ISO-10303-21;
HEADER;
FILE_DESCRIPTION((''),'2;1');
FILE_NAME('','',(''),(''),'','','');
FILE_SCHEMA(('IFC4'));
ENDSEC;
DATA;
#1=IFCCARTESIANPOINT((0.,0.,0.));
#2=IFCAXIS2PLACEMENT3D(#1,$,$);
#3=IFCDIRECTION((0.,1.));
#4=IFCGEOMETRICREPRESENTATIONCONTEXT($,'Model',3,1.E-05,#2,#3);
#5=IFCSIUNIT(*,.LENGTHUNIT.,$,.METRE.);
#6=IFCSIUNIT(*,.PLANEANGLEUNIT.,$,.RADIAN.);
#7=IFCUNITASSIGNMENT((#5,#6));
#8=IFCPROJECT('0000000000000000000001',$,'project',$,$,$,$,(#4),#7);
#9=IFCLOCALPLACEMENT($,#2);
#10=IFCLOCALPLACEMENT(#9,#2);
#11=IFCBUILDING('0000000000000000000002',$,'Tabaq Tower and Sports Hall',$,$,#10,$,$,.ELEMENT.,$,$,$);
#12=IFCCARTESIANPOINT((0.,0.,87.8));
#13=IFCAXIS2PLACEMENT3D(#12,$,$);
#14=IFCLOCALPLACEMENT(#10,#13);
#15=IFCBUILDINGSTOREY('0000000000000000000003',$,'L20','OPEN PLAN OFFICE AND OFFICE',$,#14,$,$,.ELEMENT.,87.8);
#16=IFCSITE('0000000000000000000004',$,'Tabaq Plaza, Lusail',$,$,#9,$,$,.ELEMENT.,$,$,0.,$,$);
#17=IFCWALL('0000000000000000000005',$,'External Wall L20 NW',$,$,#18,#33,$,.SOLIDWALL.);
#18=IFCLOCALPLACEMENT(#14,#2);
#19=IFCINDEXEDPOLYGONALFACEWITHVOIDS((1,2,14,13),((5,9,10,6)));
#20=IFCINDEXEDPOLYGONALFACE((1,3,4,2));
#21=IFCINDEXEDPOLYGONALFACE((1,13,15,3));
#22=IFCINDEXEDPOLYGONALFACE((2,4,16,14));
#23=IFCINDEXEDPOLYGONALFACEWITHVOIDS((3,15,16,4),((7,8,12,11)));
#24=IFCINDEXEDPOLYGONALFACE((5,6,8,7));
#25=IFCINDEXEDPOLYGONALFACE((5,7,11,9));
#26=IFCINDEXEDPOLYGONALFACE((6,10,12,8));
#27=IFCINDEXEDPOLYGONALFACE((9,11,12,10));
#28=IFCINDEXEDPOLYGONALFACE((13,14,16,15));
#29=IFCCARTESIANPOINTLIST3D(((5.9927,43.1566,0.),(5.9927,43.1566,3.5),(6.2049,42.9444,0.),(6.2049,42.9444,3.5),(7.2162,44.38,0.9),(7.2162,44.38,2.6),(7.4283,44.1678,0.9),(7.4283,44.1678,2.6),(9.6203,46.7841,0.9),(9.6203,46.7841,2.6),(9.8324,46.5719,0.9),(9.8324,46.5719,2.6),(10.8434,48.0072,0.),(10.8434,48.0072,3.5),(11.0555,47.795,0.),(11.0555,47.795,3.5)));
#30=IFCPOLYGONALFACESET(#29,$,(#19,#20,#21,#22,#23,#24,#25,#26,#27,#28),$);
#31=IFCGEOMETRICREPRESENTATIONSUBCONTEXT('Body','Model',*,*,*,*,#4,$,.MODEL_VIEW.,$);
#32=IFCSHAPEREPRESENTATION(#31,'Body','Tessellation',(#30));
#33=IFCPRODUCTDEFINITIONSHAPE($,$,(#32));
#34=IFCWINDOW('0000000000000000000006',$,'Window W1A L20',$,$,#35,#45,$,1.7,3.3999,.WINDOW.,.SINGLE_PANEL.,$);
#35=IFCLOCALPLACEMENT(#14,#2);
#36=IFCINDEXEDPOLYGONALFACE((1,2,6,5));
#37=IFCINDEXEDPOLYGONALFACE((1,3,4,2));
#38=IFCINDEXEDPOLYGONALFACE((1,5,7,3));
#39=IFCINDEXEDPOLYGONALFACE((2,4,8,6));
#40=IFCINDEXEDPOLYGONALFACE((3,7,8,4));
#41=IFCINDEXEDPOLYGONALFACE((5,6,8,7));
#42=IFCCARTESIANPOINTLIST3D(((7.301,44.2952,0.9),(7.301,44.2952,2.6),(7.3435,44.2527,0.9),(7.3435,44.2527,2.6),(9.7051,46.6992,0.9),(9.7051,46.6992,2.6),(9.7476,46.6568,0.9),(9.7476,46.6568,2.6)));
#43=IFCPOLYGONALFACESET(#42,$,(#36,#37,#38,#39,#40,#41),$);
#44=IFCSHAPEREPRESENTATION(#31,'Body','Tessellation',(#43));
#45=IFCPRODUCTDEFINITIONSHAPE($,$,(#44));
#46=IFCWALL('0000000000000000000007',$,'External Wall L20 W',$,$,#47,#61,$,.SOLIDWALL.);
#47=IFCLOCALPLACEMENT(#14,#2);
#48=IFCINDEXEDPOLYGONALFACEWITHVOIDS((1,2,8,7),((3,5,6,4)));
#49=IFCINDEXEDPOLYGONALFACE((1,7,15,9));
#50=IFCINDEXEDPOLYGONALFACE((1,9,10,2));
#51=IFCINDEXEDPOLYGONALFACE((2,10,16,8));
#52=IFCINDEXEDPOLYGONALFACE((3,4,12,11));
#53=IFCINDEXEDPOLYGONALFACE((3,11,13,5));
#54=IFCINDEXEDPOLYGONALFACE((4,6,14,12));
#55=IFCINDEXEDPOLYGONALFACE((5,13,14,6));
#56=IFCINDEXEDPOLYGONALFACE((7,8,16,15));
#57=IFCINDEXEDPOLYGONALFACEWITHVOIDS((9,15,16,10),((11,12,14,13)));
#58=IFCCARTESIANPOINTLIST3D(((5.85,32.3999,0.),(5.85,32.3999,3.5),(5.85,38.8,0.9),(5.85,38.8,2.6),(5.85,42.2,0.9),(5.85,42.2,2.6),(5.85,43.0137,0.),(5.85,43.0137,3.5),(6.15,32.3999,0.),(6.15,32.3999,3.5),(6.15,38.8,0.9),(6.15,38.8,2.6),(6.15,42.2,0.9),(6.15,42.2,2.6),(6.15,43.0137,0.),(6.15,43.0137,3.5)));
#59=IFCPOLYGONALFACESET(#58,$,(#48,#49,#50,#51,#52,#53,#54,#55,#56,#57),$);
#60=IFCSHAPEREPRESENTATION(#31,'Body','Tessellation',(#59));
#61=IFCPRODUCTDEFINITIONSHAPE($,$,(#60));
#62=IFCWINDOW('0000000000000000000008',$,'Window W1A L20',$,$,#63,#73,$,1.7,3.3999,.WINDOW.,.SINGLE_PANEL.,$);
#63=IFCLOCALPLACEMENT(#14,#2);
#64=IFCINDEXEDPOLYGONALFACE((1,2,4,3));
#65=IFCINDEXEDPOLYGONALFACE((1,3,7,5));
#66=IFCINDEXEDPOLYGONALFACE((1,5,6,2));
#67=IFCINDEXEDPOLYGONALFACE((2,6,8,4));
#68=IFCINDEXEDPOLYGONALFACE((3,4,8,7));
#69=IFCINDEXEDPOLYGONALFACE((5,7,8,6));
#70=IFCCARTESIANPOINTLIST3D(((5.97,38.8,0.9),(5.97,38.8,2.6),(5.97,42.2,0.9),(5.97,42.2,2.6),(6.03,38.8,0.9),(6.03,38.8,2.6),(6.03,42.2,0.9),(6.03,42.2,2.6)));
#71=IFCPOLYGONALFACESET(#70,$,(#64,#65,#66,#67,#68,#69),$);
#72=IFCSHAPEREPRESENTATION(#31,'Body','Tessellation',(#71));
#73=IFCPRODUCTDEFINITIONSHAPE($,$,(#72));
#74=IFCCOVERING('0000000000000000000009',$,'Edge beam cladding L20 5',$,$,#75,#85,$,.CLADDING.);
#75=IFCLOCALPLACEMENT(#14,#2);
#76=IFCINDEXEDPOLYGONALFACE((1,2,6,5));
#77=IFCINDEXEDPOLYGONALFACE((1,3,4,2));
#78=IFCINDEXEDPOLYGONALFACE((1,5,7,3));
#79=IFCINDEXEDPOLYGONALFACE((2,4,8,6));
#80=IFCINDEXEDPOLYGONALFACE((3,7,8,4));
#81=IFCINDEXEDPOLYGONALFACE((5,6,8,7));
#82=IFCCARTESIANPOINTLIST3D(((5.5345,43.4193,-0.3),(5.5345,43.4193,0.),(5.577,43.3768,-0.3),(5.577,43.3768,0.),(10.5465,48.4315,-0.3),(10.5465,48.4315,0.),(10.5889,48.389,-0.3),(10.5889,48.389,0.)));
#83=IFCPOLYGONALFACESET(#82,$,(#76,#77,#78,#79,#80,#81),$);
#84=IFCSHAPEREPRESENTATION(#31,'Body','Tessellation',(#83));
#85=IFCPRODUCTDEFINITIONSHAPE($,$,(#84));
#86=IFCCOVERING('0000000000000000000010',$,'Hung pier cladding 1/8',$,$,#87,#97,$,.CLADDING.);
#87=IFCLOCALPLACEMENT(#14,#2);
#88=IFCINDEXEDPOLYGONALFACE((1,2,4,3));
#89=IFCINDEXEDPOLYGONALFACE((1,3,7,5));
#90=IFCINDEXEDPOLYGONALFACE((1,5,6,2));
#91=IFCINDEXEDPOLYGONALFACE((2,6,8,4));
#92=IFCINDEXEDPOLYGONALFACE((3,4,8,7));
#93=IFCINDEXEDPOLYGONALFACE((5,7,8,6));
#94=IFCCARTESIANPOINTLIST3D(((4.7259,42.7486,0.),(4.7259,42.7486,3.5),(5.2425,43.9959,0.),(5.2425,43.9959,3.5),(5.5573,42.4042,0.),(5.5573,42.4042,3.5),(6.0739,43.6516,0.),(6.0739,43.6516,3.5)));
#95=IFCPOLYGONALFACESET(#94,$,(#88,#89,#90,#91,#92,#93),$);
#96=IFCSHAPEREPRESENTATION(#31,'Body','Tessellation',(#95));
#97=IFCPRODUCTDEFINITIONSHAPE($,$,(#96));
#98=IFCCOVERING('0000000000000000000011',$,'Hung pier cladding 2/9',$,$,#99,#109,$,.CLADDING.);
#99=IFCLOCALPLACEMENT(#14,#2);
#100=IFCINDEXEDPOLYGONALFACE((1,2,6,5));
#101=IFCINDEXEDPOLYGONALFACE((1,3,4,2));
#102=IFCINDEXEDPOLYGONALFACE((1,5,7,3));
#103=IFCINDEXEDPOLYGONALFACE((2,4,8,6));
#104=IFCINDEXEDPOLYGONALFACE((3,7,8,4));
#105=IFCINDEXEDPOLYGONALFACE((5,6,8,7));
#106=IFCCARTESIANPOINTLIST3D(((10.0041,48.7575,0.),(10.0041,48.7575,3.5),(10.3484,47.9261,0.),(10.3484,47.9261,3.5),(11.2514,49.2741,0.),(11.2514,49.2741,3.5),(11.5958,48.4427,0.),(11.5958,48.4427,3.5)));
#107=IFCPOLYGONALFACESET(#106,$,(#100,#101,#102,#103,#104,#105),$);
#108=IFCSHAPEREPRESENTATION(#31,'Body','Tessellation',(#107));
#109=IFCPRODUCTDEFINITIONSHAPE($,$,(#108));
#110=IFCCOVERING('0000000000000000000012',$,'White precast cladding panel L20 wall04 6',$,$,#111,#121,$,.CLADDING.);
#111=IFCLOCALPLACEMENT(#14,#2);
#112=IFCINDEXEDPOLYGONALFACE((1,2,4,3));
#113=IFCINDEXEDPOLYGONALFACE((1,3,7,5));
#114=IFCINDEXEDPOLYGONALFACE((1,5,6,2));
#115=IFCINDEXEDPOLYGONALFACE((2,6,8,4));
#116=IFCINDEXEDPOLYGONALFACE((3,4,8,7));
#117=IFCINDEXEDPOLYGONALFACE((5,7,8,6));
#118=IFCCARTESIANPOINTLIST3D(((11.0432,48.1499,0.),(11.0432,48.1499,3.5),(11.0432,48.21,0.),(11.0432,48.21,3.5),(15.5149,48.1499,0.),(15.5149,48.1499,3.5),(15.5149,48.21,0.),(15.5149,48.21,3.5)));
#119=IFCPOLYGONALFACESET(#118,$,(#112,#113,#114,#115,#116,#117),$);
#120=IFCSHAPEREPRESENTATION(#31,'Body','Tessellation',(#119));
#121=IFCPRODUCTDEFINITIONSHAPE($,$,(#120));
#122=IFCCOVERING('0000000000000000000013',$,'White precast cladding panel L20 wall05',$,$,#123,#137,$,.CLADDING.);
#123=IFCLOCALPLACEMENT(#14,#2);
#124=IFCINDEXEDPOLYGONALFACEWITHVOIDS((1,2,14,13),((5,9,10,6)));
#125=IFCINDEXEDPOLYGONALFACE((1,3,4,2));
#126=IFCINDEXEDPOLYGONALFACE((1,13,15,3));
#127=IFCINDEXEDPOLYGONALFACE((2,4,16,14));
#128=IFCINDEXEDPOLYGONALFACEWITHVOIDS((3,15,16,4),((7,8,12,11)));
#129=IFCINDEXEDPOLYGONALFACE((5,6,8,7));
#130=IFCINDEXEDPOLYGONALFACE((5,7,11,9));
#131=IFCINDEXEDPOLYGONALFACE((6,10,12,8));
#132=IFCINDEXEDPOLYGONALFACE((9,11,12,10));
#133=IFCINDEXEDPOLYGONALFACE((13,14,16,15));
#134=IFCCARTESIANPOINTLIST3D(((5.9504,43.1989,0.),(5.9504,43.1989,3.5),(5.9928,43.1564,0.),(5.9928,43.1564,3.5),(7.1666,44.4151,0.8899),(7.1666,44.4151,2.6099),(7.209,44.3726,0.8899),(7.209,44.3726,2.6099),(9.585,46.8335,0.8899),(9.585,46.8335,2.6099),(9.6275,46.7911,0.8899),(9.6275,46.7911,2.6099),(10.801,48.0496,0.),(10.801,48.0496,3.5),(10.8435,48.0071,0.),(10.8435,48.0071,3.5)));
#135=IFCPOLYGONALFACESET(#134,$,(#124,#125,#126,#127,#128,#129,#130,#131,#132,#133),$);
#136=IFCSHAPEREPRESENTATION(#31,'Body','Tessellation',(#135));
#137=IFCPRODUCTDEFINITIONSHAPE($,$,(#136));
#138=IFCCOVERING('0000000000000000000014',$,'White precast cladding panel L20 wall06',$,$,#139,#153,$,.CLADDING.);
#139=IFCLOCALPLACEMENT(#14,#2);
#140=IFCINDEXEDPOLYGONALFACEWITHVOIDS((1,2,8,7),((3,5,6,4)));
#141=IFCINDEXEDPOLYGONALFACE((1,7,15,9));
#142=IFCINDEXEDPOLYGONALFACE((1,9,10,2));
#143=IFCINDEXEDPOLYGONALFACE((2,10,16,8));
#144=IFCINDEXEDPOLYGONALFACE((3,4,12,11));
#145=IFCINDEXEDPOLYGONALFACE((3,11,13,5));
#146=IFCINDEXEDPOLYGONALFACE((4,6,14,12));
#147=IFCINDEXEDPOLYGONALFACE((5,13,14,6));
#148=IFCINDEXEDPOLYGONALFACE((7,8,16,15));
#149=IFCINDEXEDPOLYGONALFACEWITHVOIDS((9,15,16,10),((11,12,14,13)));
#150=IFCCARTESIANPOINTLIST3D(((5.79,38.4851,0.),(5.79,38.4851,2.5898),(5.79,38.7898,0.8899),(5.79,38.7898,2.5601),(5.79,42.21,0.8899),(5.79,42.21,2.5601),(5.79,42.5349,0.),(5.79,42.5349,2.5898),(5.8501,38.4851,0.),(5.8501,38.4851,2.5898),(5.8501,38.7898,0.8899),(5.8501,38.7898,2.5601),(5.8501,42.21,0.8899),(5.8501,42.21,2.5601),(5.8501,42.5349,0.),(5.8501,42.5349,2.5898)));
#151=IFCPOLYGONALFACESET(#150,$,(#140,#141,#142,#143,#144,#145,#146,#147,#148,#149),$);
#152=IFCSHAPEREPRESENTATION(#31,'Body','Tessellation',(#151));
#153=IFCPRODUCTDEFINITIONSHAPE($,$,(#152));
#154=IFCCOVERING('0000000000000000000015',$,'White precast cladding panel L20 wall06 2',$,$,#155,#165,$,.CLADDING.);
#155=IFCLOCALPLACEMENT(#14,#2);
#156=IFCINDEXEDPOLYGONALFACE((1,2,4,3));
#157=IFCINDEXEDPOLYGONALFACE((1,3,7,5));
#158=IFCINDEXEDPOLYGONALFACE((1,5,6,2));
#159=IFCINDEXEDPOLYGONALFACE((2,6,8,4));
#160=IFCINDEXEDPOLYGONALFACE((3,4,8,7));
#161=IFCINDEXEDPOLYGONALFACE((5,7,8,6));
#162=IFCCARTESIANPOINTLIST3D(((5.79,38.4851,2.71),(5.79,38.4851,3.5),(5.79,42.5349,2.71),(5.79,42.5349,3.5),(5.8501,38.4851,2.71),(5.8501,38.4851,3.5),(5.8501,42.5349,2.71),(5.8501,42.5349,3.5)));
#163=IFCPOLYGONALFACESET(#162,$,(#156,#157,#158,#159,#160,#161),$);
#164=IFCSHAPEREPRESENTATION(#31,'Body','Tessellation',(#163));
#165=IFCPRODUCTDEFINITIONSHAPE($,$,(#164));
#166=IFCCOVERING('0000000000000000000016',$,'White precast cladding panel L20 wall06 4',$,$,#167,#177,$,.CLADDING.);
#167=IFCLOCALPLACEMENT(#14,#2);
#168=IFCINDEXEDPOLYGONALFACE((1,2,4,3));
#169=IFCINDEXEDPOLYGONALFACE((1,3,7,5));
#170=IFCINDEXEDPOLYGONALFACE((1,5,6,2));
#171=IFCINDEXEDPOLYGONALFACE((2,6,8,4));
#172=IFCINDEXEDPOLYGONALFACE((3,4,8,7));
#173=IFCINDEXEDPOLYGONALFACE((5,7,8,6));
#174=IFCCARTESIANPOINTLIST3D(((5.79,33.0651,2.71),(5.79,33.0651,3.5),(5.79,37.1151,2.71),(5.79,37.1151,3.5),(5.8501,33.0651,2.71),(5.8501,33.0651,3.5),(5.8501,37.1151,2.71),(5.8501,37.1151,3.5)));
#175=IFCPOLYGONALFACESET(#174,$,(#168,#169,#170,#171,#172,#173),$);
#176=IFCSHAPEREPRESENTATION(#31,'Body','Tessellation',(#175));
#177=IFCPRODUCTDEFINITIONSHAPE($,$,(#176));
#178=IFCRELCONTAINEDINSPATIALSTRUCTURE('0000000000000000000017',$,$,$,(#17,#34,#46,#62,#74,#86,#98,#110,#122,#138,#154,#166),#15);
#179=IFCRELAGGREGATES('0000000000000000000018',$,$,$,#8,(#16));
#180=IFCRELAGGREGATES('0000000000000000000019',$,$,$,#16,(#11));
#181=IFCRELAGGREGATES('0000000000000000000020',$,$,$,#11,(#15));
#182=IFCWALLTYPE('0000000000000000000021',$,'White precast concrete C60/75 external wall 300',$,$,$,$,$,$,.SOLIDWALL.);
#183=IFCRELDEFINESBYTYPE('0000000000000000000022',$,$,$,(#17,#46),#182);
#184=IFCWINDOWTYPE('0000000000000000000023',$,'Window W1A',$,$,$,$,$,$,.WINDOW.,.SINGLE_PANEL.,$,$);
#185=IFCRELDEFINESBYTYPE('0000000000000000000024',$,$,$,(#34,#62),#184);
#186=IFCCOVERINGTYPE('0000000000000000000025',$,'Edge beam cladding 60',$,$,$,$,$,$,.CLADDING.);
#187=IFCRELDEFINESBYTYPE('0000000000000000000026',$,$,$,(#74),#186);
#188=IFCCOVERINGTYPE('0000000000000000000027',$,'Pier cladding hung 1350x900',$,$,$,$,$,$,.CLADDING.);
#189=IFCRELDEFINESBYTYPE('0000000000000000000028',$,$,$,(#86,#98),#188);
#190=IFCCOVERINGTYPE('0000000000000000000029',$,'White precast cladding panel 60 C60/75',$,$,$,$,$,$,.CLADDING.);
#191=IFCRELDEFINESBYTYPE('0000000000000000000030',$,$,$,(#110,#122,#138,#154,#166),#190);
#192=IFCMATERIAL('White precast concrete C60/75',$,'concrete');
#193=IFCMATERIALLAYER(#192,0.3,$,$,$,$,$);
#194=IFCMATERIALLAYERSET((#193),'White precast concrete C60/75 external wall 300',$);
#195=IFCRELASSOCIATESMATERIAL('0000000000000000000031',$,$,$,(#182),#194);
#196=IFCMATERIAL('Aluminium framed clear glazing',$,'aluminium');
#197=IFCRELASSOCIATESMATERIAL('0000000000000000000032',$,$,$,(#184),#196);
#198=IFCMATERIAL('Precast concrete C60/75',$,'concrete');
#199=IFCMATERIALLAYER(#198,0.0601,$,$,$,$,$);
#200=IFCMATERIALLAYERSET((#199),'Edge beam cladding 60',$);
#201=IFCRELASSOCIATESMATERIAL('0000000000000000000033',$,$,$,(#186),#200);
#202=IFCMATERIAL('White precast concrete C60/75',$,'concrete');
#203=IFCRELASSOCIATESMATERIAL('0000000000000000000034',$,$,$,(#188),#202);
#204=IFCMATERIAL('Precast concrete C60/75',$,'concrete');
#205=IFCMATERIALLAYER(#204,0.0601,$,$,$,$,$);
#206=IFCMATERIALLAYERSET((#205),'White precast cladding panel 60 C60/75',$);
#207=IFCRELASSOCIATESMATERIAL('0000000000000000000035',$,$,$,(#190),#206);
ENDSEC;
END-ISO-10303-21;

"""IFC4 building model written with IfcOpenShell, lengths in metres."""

from ifc_helpers import new_model, si_unit, direction, frame, frame_2d, origin, place, context, subcontext, project, spatial, polyline, rectangle, outline, extrude, material, layer, layer_set, type_object, element, fill, save


model = new_model("IFC4")

# Units and contexts
model_context = context("Model", 3, precision=1e-05, world=origin(), true_north=direction((0.0, 1.0)))
body_context = subcontext(model_context, "Body", "Model", "MODEL_VIEW")
ifc_project = project(units=[si_unit("LENGTHUNIT", "METRE"), si_unit("PLANEANGLEUNIT", "RADIAN")], contexts=[model_context])

# Site, building, storey
site_placement = place(None, origin())
site = spatial("IfcSite", under=ifc_project, at=site_placement, Name="Tabaq Plaza, Lusail", CompositionType="ELEMENT", RefElevation=0.0)
building_placement = place(site_placement, origin())
building = spatial("IfcBuilding", under=site, at=building_placement, Name="Tabaq Tower and Sports Hall", CompositionType="ELEMENT")
storey_placement = place(building_placement, frame((0.0, 0.0, 87.8)))
storey = spatial("IfcBuildingStorey", under=building, at=storey_placement, Name="L20", Description="OPEN PLAN OFFICE AND OFFICE", CompositionType="ELEMENT", Elevation=87.8)

# Walls, openings, windows
ifc_material_1 = material(Name="White precast concrete C60/75", Category="concrete")
ifc_layer_1 = layer(ifc_material_1, 0.3)
ifc_layer_set_1 = layer_set([ifc_layer_1], Name="White precast concrete C60/75 external wall 300")
wall_type_1 = type_object("IfcWallType", Name="White precast concrete C60/75 external wall 300", PredefinedType="SOLIDWALL", material=ifc_layer_set_1)
wall_1_placement = place(storey_placement, frame((10.9495, 47.9011, 0.0), z_axis=(0.0, 0.0, 1.0), x_axis=(-0.707107, -0.707107, 0.0)))
wall_1 = element("IfcWall", 1, at=wall_1_placement, inside=storey, type_object=wall_type_1, Name="External Wall L20 NW", PredefinedType="SOLIDWALL", context=body_context, shape_type="SweptSolid", body=[
    extrude(rectangle(XDim=6.8599, YDim=0.3, at=frame_2d((3.4299, 0.0))), origin(), (0.0, 0.0, 1.0), 3.5),
])
opening_1_placement = place(wall_1_placement, frame((1.7297, 0.0, 0.8999)))
opening_1 = element("IfcOpeningElement", 2, at=opening_1_placement, cuts=wall_1, PredefinedType="OPENING", context=body_context, shape_type="SweptSolid", body=[
    extrude(rectangle(XDim=3.3999, YDim=1.7, at=frame_2d((1.7, 0.8501))), frame((0.0, 0.1602, 0.0), z_axis=(0.0, -1.0, 0.0), x_axis=(1.0, 0.0, 0.0)), (0.0, 0.0, 1.0), 0.3201),
])
ifc_material_2 = material(Name="Aluminium framed clear glazing", Category="aluminium")
window_type = type_object("IfcWindowType", Name="Window W1A", PartitioningType="SINGLE_PANEL", PredefinedType="WINDOW", material=ifc_material_2)
window_1_placement = place(opening_1_placement, origin())
window_1 = element("IfcWindow", 3, at=window_1_placement, inside=storey, type_object=window_type, Name="Window W1A L20", OverallHeight=1.7, OverallWidth=3.3999, PartitioningType="SINGLE_PANEL", PredefinedType="WINDOW", context=body_context, shape_type="SweptSolid", body=[
    extrude(rectangle(XDim=3.3999, YDim=1.7, at=frame_2d((1.7, 0.8501))), frame((0.0, 0.03, 0.0), z_axis=(0.0, -1.0, 0.0), x_axis=(1.0, 0.0, 0.0)), (0.0, 0.0, 1.0), 0.0601),
])
fill(opening_1, window_1)
wall_2_placement = place(storey_placement, frame((6.0, 43.0137, 0.0), z_axis=(0.0, 0.0, 1.0), x_axis=(0.0, -1.0, 0.0)))
wall_2 = element("IfcWall", 4, at=wall_2_placement, inside=storey, type_object=wall_type_1, Name="External Wall L20 W", PredefinedType="SOLIDWALL", context=body_context, shape_type="SweptSolid", body=[
    extrude(rectangle(XDim=10.6138, YDim=0.3, at=frame_2d((5.3069, 0.0))), origin(), (0.0, 0.0, 1.0), 3.5),
])
opening_2_placement = place(wall_2_placement, frame((0.8137, 0.0, 0.8999)))
opening_2 = element("IfcOpeningElement", 5, at=opening_2_placement, cuts=wall_2, PredefinedType="OPENING", context=body_context, shape_type="SweptSolid", body=[
    extrude(rectangle(XDim=3.3999, YDim=1.7, at=frame_2d((1.7, 0.8501))), frame((0.0, 0.1602, 0.0), z_axis=(0.0, -1.0, 0.0), x_axis=(1.0, 0.0, 0.0)), (0.0, 0.0, 1.0), 0.3201),
])
window_2_placement = place(opening_2_placement, origin())
window_2 = element("IfcWindow", 6, at=window_2_placement, inside=storey, type_object=window_type, Name="Window W1A L20", OverallHeight=1.7, OverallWidth=3.3999, PartitioningType="SINGLE_PANEL", PredefinedType="WINDOW", context=body_context, shape_type="SweptSolid", body=[
    extrude(rectangle(XDim=3.3999, YDim=1.7, at=frame_2d((1.7, 0.8501))), frame((0.0, 0.03, 0.0), z_axis=(0.0, -1.0, 0.0), x_axis=(1.0, 0.0, 0.0)), (0.0, 0.0, 1.0), 0.0601),
])
fill(opening_2, window_2)

# Coverings
ifc_material_3 = material(Name="Precast concrete C60/75", Category="concrete")
ifc_layer_2 = layer(ifc_material_3, 0.0601)
ifc_layer_set_2 = layer_set([ifc_layer_2], Name="Edge beam cladding 60")
covering_type_1 = type_object("IfcCoveringType", Name="Edge beam cladding 60", PredefinedType="CLADDING", material=ifc_layer_set_2)
covering_1_placement = place(storey_placement, frame((10.5676, 48.4102, -0.3), z_axis=(0.0, 0.0, 1.0), x_axis=(-0.70709, -0.707124, 0.0)))
element("IfcCovering", 7, at=covering_1_placement, inside=storey, type_object=covering_type_1, Name="Edge beam cladding L20 5", PredefinedType="CLADDING", context=body_context, shape_type="SweptSolid", body=[
    extrude(rectangle(XDim=7.0881, YDim=0.0601, at=frame_2d((3.5439, 0.0))), origin(), (0.0, 0.0, 1.0), 0.3),
])
ifc_material_4 = material(Name="White precast concrete C60/75", Category="concrete")
covering_type_2 = type_object("IfcCoveringType", Name="Pier cladding hung 1350x900", PredefinedType="CLADDING", material=ifc_material_4)
for number, where, z_axis, x_axis, name in (
    (8, (5.6582, 43.8237, 0.0), (0.0, 0.0, 1.0), (-0.38265, -0.923893, 0.0), "Hung pier cladding 1/8"),
    (9, (11.4236, 48.8584, 0.0), (0.0, 0.0, 1.0), (-0.923893, -0.38265, 0.0), "Hung pier cladding 2/9"),
):
    element("IfcCovering", number, at=place(storey_placement, frame(where, z_axis=z_axis, x_axis=x_axis)), inside=storey, type_object=covering_type_2, Name=name, PredefinedType="CLADDING", context=body_context, shape_type="SweptSolid", body=[
        extrude(rectangle(XDim=1.3501, YDim=0.8999, at=frame_2d((0.675, 0.0))), origin(), (0.0, 0.0, 1.0), 3.5),
    ])
ifc_material_5 = material(Name="Precast concrete C60/75", Category="concrete")
ifc_layer_3 = layer(ifc_material_5, 0.0601)
ifc_layer_set_3 = layer_set([ifc_layer_3], Name="White precast cladding panel 60 C60/75")
covering_type_3 = type_object("IfcCoveringType", Name="White precast cladding panel 60 C60/75", PredefinedType="CLADDING", material=ifc_layer_set_3)
covering_2_placement = place(storey_placement, frame((15.5149, 48.1799, 0.0), z_axis=(0.0, 0.0, 1.0), x_axis=(-1.0, 0.0, 0.0)))
element("IfcCovering", 10, at=covering_2_placement, inside=storey, type_object=covering_type_3, Name="White precast cladding panel L20 wall04 6", PredefinedType="CLADDING", context=body_context, shape_type="SweptSolid", body=[
    extrude(rectangle(XDim=4.4717, YDim=0.0601, at=frame_2d((2.2358, 0.0))), origin(), (0.0, 0.0, 1.0), 3.5),
])
covering_3_placement = place(storey_placement, frame((10.8223, 48.0283, 0.0), z_axis=(0.0, 0.0, 1.0), x_axis=(-0.707107, -0.707107, 0.0)))
element("IfcCovering", 11, at=covering_3_placement, inside=storey, type_object=covering_type_3, Name="White precast cladding panel L20 wall05", PredefinedType="CLADDING", context=body_context, shape_type="SweptSolid", body=[
    extrude(outline(polyline([(0.0, 0.0), (6.8599, 0.0), (6.8599, 3.5), (0.0, 3.5), (0.0, 0.0)]), holes=[polyline([(1.7197, 0.8899), (1.7197, 2.6099), (5.1399, 2.6099), (5.1399, 0.8899), (1.7197, 0.8899)])]), frame((0.0, 0.03, 0.0), z_axis=(0.0, -1.0, 0.0), x_axis=(1.0, 0.0, 0.0)), (0.0, 0.0, 1.0), 0.0601),
])
covering_4_placement = place(storey_placement, frame((5.8201, 42.5349, 0.0), z_axis=(0.0, 0.0, 1.0), x_axis=(0.0, -1.0, 0.0)))
element("IfcCovering", 12, at=covering_4_placement, inside=storey, type_object=covering_type_3, Name="White precast cladding panel L20 wall06", PredefinedType="CLADDING", context=body_context, shape_type="SweptSolid", body=[
    extrude(outline(polyline([(0.0, 0.0), (4.0498, 0.0), (4.0498, 2.5898), (0.0, 2.5898), (0.0, 0.0)]), holes=[polyline([(3.7451, 0.8899), (0.325, 0.8899), (0.325, 2.5601), (3.7451, 2.5601), (3.7451, 0.8899)])]), frame((0.0, 0.03, 0.0), z_axis=(0.0, -1.0, 0.0), x_axis=(1.0, 0.0, 0.0)), (0.0, 0.0, 1.0), 0.0601),
])
covering_5_placement = place(storey_placement, frame((5.8201, 42.5349, 2.71), z_axis=(0.0, 0.0, 1.0), x_axis=(0.0, -1.0, 0.0)))
element("IfcCovering", 13, at=covering_5_placement, inside=storey, type_object=covering_type_3, Name="White precast cladding panel L20 wall06 2", PredefinedType="CLADDING", context=body_context, shape_type="SweptSolid", body=[
    extrude(rectangle(XDim=4.0498, YDim=0.0601, at=frame_2d((2.0249, 0.0))), origin(), (0.0, 0.0, 1.0), 0.79),
])
covering_6_placement = place(storey_placement, frame((5.8201, 37.115, 2.71), z_axis=(0.0, 0.0, 1.0), x_axis=(0.0, -1.0, 0.0)))
element("IfcCovering", 14, at=covering_6_placement, inside=storey, type_object=covering_type_3, Name="White precast cladding panel L20 wall06 4", PredefinedType="CLADDING", context=body_context, shape_type="SweptSolid", body=[
    extrude(rectangle(XDim=4.05, YDim=0.0601, at=frame_2d((2.0249, 0.0))), origin(), (0.0, 0.0, 1.0), 0.79),
])

save(model, "model.ifc")
